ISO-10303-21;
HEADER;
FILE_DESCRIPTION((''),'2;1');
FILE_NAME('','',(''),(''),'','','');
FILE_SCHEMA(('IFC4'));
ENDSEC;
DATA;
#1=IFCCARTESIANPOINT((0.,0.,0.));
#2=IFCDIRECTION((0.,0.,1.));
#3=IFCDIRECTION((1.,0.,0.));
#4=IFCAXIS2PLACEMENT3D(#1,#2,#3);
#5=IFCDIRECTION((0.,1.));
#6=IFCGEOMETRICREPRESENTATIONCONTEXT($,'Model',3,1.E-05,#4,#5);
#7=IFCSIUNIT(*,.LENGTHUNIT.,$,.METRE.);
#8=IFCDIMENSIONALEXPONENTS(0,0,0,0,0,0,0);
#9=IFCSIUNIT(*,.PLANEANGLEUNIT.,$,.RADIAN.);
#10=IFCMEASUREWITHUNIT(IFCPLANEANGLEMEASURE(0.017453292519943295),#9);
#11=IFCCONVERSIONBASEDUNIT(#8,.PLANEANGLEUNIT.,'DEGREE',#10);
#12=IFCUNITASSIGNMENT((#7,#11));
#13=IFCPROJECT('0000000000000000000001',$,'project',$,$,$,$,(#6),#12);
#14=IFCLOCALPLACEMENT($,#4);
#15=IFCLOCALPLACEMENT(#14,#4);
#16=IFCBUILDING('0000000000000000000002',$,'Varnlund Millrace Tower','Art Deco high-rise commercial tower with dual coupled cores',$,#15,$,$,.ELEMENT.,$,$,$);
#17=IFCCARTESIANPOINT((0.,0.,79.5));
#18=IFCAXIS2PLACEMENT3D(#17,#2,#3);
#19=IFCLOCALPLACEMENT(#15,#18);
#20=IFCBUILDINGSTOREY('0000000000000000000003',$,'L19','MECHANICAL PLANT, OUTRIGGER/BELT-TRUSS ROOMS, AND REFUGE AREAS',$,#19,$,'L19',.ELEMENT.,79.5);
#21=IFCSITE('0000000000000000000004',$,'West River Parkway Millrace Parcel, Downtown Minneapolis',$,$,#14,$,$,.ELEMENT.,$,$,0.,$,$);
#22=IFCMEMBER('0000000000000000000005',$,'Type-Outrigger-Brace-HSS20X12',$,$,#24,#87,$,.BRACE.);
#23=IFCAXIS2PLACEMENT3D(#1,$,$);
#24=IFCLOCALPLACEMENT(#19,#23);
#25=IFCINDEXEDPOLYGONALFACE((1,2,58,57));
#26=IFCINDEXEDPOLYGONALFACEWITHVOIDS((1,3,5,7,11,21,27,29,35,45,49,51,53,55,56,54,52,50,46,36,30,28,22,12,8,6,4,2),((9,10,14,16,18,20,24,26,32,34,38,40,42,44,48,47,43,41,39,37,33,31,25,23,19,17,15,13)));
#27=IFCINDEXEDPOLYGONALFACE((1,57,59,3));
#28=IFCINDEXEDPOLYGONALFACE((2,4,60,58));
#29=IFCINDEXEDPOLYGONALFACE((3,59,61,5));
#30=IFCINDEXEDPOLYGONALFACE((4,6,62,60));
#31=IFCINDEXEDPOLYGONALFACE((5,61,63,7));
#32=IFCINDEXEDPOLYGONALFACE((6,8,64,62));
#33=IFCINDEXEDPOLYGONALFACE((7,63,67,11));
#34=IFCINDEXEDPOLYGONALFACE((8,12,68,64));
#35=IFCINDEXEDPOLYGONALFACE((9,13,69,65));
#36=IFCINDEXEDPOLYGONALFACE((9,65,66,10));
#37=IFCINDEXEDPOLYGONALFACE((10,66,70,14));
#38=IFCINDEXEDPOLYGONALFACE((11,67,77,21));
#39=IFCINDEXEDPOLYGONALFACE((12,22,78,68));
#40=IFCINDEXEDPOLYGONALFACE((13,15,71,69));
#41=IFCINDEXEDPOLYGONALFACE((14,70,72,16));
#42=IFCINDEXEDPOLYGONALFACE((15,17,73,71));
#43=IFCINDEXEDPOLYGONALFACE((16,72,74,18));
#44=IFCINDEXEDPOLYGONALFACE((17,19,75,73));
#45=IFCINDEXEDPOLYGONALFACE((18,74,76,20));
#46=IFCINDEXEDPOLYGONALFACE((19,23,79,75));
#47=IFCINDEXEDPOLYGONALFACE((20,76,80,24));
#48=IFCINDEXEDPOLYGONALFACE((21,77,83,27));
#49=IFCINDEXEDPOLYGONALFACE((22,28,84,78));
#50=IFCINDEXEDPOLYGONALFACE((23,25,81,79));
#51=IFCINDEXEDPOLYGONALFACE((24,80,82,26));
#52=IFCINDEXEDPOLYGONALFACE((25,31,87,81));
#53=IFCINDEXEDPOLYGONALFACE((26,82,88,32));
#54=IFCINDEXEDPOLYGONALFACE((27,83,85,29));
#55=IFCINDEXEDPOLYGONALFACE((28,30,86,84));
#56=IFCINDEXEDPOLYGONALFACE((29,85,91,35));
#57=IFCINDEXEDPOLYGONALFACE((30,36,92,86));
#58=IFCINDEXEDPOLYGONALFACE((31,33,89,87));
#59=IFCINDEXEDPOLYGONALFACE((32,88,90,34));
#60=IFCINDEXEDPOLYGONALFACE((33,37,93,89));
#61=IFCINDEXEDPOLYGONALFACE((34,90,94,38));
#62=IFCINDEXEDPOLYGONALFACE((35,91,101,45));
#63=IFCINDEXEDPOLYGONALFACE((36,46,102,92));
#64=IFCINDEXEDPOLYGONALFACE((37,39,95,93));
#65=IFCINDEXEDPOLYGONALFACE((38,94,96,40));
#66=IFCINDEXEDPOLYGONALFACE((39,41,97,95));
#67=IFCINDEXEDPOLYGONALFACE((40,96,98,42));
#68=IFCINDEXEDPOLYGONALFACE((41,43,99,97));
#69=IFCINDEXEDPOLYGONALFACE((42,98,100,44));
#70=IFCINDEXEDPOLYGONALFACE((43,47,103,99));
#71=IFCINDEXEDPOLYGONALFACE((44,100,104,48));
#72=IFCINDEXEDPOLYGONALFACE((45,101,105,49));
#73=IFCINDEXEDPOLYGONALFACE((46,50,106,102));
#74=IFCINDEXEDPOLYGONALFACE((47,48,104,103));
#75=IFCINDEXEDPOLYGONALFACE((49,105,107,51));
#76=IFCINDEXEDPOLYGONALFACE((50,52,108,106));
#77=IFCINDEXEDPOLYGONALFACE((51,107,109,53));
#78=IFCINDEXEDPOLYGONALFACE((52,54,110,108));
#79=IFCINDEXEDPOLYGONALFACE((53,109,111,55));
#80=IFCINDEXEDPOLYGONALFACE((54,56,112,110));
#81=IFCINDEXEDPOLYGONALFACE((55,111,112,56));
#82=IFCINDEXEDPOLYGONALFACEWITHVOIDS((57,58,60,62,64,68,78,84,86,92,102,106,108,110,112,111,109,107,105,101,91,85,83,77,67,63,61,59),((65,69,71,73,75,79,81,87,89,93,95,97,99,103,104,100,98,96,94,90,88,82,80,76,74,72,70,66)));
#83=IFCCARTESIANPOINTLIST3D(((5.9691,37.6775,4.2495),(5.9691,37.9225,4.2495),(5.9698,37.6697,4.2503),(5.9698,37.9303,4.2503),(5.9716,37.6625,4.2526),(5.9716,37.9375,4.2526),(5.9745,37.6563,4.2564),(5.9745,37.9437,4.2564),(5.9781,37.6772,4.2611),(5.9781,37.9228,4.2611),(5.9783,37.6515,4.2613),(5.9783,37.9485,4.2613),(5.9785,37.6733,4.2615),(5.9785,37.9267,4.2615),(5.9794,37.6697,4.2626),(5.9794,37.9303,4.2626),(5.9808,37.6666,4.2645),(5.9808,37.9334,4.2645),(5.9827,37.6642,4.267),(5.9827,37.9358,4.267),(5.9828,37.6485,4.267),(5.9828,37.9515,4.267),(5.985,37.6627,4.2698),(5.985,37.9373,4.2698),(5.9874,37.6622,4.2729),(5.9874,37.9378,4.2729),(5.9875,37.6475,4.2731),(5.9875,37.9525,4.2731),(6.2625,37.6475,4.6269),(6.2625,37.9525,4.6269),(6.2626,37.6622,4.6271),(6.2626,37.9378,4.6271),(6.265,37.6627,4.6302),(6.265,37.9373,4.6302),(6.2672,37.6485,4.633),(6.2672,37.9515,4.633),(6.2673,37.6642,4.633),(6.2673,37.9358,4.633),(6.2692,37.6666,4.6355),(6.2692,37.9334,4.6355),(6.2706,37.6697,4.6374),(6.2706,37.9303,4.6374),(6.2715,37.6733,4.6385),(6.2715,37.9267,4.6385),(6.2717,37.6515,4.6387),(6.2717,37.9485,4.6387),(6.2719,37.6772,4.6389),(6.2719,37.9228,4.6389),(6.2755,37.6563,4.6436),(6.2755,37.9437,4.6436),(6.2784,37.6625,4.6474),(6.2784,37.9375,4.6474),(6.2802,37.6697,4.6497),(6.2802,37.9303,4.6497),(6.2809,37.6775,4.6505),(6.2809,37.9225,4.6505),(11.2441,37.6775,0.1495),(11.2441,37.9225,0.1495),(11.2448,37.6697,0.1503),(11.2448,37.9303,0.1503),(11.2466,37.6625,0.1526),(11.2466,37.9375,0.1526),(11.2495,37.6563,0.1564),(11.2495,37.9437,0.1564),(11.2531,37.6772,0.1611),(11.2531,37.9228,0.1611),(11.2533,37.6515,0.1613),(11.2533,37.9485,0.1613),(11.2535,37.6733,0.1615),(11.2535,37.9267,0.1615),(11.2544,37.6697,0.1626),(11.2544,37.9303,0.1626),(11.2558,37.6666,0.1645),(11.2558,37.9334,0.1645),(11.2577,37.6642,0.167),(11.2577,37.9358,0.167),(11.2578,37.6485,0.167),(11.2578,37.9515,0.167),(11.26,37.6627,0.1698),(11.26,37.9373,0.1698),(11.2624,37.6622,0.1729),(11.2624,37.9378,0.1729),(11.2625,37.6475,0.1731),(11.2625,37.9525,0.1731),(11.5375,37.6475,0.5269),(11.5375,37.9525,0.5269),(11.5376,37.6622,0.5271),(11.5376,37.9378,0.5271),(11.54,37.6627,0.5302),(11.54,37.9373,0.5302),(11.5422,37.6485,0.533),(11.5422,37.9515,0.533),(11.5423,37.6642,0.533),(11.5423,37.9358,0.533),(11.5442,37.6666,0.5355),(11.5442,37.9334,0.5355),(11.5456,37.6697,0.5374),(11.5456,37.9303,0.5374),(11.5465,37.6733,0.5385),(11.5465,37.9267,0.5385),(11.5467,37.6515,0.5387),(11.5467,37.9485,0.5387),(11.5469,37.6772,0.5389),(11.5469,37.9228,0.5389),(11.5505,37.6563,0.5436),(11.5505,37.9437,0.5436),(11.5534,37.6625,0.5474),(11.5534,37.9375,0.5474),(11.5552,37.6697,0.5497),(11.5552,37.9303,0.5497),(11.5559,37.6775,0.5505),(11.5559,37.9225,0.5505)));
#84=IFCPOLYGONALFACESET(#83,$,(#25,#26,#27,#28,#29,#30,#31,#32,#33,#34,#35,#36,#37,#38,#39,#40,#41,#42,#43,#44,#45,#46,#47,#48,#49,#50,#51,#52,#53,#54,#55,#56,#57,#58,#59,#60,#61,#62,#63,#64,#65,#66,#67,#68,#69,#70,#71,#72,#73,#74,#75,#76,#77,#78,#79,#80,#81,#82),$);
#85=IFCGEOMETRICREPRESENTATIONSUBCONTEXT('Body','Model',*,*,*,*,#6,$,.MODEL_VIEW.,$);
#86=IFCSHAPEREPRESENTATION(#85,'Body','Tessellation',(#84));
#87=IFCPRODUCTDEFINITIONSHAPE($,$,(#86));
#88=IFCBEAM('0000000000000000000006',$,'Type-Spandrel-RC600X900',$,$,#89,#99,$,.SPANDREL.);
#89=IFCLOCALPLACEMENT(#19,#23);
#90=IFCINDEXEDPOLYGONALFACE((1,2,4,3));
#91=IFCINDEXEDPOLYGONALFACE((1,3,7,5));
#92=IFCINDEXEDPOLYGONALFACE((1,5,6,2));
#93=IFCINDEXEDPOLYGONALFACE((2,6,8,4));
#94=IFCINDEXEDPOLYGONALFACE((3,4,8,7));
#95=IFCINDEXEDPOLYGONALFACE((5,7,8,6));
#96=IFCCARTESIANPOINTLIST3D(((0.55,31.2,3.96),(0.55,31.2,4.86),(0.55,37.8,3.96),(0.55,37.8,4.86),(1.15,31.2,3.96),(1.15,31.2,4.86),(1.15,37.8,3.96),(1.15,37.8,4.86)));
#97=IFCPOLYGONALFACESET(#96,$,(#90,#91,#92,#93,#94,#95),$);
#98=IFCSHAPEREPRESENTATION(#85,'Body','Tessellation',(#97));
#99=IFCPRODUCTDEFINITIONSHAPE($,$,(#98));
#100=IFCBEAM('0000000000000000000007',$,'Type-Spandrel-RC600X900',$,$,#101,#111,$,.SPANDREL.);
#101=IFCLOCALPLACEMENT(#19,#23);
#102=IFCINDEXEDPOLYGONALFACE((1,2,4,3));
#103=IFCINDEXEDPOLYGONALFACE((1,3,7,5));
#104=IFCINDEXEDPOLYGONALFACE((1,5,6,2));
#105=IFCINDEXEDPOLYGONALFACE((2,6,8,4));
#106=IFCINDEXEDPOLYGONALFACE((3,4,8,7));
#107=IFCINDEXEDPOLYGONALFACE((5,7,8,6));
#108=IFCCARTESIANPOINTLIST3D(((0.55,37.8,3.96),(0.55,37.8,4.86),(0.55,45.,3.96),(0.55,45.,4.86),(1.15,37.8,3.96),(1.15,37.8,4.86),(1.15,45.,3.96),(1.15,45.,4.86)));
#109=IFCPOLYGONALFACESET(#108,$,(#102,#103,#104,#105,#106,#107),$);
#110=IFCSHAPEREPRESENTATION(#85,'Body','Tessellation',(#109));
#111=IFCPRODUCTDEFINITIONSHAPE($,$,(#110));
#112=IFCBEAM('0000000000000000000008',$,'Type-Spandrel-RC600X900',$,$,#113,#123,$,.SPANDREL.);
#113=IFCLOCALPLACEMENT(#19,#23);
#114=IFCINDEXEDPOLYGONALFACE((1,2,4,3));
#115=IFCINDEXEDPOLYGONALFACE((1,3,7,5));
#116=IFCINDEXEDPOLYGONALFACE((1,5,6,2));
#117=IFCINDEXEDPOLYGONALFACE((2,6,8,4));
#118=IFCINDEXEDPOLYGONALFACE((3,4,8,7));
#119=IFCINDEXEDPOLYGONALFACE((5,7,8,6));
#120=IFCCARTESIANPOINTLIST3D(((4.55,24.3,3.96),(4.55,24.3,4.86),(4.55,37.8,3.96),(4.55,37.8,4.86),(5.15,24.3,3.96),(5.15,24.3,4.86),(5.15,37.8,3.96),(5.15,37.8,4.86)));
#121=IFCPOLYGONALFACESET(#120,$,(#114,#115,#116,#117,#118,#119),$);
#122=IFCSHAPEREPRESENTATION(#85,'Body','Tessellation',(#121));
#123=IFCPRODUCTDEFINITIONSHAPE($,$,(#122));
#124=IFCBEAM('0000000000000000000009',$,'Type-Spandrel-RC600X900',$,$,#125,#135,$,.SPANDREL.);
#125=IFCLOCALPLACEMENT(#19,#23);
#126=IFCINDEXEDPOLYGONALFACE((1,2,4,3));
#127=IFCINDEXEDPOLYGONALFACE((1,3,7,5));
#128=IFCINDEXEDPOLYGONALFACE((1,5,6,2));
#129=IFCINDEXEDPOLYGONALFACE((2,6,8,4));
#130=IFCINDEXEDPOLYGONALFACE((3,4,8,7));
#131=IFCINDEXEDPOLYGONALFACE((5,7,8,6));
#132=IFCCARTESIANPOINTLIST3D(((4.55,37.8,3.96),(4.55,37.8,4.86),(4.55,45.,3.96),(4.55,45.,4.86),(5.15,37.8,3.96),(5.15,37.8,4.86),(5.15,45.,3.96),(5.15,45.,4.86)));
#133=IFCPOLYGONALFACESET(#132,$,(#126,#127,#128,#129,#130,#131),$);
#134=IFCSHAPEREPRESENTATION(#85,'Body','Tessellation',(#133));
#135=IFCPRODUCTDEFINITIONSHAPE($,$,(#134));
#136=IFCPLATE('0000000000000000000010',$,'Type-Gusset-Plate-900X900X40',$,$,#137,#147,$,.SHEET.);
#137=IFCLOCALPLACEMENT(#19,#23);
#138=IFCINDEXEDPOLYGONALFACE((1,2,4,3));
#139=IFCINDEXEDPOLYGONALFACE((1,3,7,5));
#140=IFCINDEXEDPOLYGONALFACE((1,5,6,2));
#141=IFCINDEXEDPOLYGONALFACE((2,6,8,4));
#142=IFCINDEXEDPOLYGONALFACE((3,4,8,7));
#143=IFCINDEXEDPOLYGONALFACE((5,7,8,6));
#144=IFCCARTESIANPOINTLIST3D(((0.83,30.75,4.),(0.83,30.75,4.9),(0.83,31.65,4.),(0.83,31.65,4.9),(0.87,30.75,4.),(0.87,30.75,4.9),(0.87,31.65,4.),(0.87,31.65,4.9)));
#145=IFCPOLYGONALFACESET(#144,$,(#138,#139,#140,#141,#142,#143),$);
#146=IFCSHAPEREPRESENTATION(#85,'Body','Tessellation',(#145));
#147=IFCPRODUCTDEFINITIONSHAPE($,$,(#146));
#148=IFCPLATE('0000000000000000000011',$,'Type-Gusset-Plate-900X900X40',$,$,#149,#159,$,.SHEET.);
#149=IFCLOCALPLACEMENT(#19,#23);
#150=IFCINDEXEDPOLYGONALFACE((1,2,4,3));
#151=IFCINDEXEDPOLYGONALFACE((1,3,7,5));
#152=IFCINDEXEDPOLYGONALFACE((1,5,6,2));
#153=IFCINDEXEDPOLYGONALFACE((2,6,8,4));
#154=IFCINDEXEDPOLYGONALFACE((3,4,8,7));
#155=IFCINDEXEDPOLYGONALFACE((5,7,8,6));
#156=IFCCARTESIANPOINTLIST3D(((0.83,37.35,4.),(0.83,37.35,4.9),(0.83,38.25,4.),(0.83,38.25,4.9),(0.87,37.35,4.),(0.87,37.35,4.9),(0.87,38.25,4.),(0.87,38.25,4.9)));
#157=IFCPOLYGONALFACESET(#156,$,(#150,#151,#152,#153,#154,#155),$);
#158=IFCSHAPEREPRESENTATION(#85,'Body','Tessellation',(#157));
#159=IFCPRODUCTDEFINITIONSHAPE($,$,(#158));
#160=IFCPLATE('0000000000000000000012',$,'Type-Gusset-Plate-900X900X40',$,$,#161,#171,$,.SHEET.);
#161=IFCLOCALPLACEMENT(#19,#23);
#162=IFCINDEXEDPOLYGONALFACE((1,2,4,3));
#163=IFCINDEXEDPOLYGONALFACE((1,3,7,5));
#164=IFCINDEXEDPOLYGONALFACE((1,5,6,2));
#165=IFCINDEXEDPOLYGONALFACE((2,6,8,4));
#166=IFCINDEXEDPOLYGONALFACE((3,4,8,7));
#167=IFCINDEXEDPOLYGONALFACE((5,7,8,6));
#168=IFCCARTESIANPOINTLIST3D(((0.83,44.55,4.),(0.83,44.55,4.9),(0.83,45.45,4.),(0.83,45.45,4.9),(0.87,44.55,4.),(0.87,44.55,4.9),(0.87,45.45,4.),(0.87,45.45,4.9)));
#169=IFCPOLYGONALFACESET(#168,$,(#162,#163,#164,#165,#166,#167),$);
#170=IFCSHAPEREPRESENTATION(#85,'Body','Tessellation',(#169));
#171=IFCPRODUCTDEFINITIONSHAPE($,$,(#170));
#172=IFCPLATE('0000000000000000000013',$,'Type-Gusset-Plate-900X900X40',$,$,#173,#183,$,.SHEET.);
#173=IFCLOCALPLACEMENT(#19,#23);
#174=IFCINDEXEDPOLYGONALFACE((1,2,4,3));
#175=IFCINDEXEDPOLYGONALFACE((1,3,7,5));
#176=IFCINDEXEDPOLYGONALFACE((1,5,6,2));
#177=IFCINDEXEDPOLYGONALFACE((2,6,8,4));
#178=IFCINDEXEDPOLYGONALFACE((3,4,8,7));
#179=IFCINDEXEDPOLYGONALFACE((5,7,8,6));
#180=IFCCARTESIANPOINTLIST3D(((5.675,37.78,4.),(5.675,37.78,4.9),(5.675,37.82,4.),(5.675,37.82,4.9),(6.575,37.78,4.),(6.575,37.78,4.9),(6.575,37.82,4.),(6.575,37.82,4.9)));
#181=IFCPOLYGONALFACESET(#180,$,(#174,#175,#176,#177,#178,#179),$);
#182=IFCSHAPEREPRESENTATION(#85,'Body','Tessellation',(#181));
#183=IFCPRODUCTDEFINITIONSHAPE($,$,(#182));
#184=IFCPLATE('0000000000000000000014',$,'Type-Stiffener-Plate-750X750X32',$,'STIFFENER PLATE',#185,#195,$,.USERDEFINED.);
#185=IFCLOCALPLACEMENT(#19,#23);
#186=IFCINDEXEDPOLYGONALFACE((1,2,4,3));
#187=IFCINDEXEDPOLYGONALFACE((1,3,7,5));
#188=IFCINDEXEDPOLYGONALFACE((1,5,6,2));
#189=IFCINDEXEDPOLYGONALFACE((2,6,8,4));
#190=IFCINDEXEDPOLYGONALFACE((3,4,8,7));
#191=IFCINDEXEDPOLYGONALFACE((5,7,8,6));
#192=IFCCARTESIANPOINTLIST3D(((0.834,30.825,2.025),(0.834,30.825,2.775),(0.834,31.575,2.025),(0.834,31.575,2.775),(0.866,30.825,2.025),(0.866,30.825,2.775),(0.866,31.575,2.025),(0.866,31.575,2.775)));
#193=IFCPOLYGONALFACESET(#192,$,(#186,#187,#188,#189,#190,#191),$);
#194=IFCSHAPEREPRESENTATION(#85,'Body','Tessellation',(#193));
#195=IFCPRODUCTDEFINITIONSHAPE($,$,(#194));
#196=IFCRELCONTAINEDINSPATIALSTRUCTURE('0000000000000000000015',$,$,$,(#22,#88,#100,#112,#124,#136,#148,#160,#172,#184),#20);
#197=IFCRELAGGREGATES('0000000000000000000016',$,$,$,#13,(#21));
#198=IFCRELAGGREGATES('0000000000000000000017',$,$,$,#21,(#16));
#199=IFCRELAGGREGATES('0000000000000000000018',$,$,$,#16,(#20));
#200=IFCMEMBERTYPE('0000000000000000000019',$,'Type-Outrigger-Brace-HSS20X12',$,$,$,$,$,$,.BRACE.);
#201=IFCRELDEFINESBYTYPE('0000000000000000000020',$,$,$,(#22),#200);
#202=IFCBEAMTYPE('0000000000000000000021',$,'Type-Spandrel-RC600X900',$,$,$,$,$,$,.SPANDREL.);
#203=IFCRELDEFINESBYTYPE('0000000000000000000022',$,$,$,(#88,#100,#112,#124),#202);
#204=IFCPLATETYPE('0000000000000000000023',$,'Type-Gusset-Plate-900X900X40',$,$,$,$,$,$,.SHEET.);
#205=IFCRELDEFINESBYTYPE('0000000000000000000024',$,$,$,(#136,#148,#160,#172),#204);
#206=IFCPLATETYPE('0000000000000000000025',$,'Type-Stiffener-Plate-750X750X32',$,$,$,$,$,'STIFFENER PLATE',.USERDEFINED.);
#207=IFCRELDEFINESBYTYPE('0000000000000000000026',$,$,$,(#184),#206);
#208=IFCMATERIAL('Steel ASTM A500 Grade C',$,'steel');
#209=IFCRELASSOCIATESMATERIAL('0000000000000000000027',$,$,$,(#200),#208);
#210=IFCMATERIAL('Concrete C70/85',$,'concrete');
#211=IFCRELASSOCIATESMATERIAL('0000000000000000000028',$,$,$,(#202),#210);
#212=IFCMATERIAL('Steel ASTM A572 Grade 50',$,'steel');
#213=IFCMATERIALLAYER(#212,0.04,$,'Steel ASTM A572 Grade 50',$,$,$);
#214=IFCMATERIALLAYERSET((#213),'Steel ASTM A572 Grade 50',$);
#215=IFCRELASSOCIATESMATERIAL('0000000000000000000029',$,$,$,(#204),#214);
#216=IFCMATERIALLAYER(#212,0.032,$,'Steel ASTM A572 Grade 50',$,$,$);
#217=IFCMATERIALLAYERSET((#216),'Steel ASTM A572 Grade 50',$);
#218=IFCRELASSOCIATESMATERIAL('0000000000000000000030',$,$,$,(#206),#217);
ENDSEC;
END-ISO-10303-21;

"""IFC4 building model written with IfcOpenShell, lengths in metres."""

from ifc_helpers import new_model, entity, si_unit, converted_unit, direction, frame, origin_with_axes, origin_2d_with_axis, place, context, subcontext, project, spatial, rectangle, hollow_rectangle, extrude, material, layer, layer_set, material_profile, profile_set, type_object, element, save


model = new_model("IFC4")

# Units and contexts
model_context = context("Model", 3, precision=1e-05, world=origin_with_axes(), true_north=direction((0.0, 1.0)))
body_context = subcontext(model_context, "Body", "Model", "MODEL_VIEW")
ifc_project = project(units=[si_unit("LENGTHUNIT", "METRE"), converted_unit("PLANEANGLEUNIT", "DEGREE", entity("IfcPlaneAngleMeasure", 0.017453292519943295), si_unit("PLANEANGLEUNIT", "RADIAN"), dimensions=[0, 0, 0, 0, 0, 0, 0])], contexts=[model_context])

# Site, building, storey
site_placement = place(None, origin_with_axes())
site = spatial("IfcSite", under=ifc_project, at=site_placement, Name="West River Parkway Millrace Parcel, Downtown Minneapolis", CompositionType="ELEMENT", RefElevation=0.0)
building_placement = place(site_placement, origin_with_axes())
building = spatial("IfcBuilding", under=site, at=building_placement, Name="Varnlund Millrace Tower", Description="Art Deco high-rise commercial tower with dual coupled cores", CompositionType="ELEMENT")
storey_placement = place(building_placement, frame((0.0, 0.0, 79.5), z_axis=(0.0, 0.0, 1.0), x_axis=(1.0, 0.0, 0.0)))
storey = spatial("IfcBuildingStorey", under=building, at=storey_placement, Name="L19", Description="MECHANICAL PLANT, OUTRIGGER/BELT-TRUSS ROOMS, AND REFUGE AREAS", LongName="L19", CompositionType="ELEMENT", Elevation=79.5)

# Shared definitions
ifc_material_1 = material(Name="Steel ASTM A500 Grade C", Category="steel")

# Member
ifc_material_profile_1 = material_profile(ifc_material_1, hollow_rectangle(XDim=0.305, YDim=0.508, WallThickness=0.0147, InnerFilletRadius=0.015, OuterFilletRadius=0.03, at=origin_2d_with_axis()), Name="Steel ASTM A500 Grade C")
ifc_profile_set_1 = profile_set([ifc_material_profile_1], Name="Steel ASTM A500 Grade C")
member_type_1 = type_object("IfcMemberType", Name="Type-Outrigger-Brace-HSS20X12", PredefinedType="BRACE", material=ifc_profile_set_1)
for number, where, z_axis, x_axis, name in (
    (1, (11.4, 37.8, 0.35), (-0.789554, 0.0, 0.613682), (0.0, -1.0, 0.0), "Type-Outrigger-Brace-HSS20X12"),
):
    element("IfcMember", number, at=place(storey_placement, frame(where, z_axis=z_axis, x_axis=x_axis)), inside=storey, type_object=member_type_1, Name=name, PredefinedType="BRACE", context=body_context, shape_type="SweptSolid", body=[
        extrude(hollow_rectangle(XDim=0.305, YDim=0.508, WallThickness=0.0147, InnerFilletRadius=0.015, OuterFilletRadius=0.03, at=origin_2d_with_axis()), origin_with_axes(), (0.0, 0.0, 1.0), 6.681),
    ])

# Beams
ifc_material_2 = material(Name="Concrete C70/85", Category="concrete")
ifc_material_profile_2 = material_profile(ifc_material_2, rectangle(XDim=0.6, YDim=0.9, at=origin_2d_with_axis()), Name="Concrete C70/85")
ifc_profile_set_2 = profile_set([ifc_material_profile_2], Name="Concrete C70/85")
beam_type_1 = type_object("IfcBeamType", Name="Type-Spandrel-RC600X900", PredefinedType="SPANDREL", material=ifc_profile_set_2)
beam_1_placement = place(storey_placement, frame((0.85, 31.2, 4.41), z_axis=(0.0, 1.0, 0.0), x_axis=(-1.0, 0.0, 0.0)))
element("IfcBeam", 2, at=beam_1_placement, inside=storey, type_object=beam_type_1, Name="Type-Spandrel-RC600X900", PredefinedType="SPANDREL", context=body_context, shape_type="SweptSolid", body=[
    extrude(rectangle(XDim=0.6, YDim=0.9, at=origin_2d_with_axis()), origin_with_axes(), (0.0, 0.0, 1.0), 6.6),
])
beam_2_placement = place(storey_placement, frame((0.85, 37.8, 4.41), z_axis=(0.0, 1.0, 0.0), x_axis=(-1.0, 0.0, 0.0)))
element("IfcBeam", 3, at=beam_2_placement, inside=storey, type_object=beam_type_1, Name="Type-Spandrel-RC600X900", PredefinedType="SPANDREL", context=body_context, shape_type="SweptSolid", body=[
    extrude(rectangle(XDim=0.6, YDim=0.9, at=origin_2d_with_axis()), origin_with_axes(), (0.0, 0.0, 1.0), 7.2),
])
beam_3_placement = place(storey_placement, frame((4.85, 24.3, 4.41), z_axis=(0.0, 1.0, 0.0), x_axis=(-1.0, 0.0, 0.0)))
element("IfcBeam", 4, at=beam_3_placement, inside=storey, type_object=beam_type_1, Name="Type-Spandrel-RC600X900", PredefinedType="SPANDREL", context=body_context, shape_type="SweptSolid", body=[
    extrude(rectangle(XDim=0.6, YDim=0.9, at=origin_2d_with_axis()), origin_with_axes(), (0.0, 0.0, 1.0), 13.5),
])
beam_4_placement = place(storey_placement, frame((4.85, 37.8, 4.41), z_axis=(0.0, 1.0, 0.0), x_axis=(-1.0, 0.0, 0.0)))
element("IfcBeam", 5, at=beam_4_placement, inside=storey, type_object=beam_type_1, Name="Type-Spandrel-RC600X900", PredefinedType="SPANDREL", context=body_context, shape_type="SweptSolid", body=[
    extrude(rectangle(XDim=0.6, YDim=0.9, at=origin_2d_with_axis()), origin_with_axes(), (0.0, 0.0, 1.0), 7.2),
])

# Plates
ifc_material_3 = material(Name="Steel ASTM A572 Grade 50", Category="steel")
ifc_layer_1 = layer(ifc_material_3, 0.04, Name="Steel ASTM A572 Grade 50")
ifc_layer_set_1 = layer_set([ifc_layer_1], Name="Steel ASTM A572 Grade 50")
plate_type_1 = type_object("IfcPlateType", Name="Type-Gusset-Plate-900X900X40", PredefinedType="SHEET", material=ifc_layer_set_1)
for number, where, z_axis, x_axis, name in (
    (6, (0.85, 31.2, 4.0), (0.0, 0.0, 1.0), (0.0, 1.0, 0.0), "Type-Gusset-Plate-900X900X40"),
    (7, (0.85, 37.8, 4.0), (0.0, 0.0, 1.0), (0.0, 1.0, 0.0), "Type-Gusset-Plate-900X900X40"),
    (8, (0.85, 45.0, 4.0), (0.0, 0.0, 1.0), (0.0, 1.0, 0.0), "Type-Gusset-Plate-900X900X40"),
    (9, (6.125, 37.8, 4.0), (0.0, 0.0, 1.0), (1.0, 0.0, 0.0), "Type-Gusset-Plate-900X900X40"),
):
    element("IfcPlate", number, at=place(storey_placement, frame(where, z_axis=z_axis, x_axis=x_axis)), inside=storey, type_object=plate_type_1, Name=name, PredefinedType="SHEET", context=body_context, shape_type="SweptSolid", body=[
        extrude(rectangle(XDim=0.9, YDim=0.04, at=origin_2d_with_axis()), origin_with_axes(), (0.0, 0.0, 1.0), 0.9),
    ])
ifc_layer_2 = layer(ifc_material_3, 0.032, Name="Steel ASTM A572 Grade 50")
ifc_layer_set_2 = layer_set([ifc_layer_2], Name="Steel ASTM A572 Grade 50")
plate_type_2 = type_object("IfcPlateType", Name="Type-Stiffener-Plate-750X750X32", ElementType="STIFFENER PLATE", PredefinedType="USERDEFINED", material=ifc_layer_set_2)
for number, where, z_axis, x_axis, name in (
    (10, (0.85, 31.2, 2.025), (0.0, 0.0, 1.0), (0.0, 1.0, 0.0), "Type-Stiffener-Plate-750X750X32"),
):
    element("IfcPlate", number, at=place(storey_placement, frame(where, z_axis=z_axis, x_axis=x_axis)), inside=storey, type_object=plate_type_2, Name=name, ObjectType="STIFFENER PLATE", PredefinedType="USERDEFINED", context=body_context, shape_type="SweptSolid", body=[
        extrude(rectangle(XDim=0.75, YDim=0.032, at=origin_2d_with_axis()), origin_with_axes(), (0.0, 0.0, 1.0), 0.75),
    ])

save(model, "model.ifc")
